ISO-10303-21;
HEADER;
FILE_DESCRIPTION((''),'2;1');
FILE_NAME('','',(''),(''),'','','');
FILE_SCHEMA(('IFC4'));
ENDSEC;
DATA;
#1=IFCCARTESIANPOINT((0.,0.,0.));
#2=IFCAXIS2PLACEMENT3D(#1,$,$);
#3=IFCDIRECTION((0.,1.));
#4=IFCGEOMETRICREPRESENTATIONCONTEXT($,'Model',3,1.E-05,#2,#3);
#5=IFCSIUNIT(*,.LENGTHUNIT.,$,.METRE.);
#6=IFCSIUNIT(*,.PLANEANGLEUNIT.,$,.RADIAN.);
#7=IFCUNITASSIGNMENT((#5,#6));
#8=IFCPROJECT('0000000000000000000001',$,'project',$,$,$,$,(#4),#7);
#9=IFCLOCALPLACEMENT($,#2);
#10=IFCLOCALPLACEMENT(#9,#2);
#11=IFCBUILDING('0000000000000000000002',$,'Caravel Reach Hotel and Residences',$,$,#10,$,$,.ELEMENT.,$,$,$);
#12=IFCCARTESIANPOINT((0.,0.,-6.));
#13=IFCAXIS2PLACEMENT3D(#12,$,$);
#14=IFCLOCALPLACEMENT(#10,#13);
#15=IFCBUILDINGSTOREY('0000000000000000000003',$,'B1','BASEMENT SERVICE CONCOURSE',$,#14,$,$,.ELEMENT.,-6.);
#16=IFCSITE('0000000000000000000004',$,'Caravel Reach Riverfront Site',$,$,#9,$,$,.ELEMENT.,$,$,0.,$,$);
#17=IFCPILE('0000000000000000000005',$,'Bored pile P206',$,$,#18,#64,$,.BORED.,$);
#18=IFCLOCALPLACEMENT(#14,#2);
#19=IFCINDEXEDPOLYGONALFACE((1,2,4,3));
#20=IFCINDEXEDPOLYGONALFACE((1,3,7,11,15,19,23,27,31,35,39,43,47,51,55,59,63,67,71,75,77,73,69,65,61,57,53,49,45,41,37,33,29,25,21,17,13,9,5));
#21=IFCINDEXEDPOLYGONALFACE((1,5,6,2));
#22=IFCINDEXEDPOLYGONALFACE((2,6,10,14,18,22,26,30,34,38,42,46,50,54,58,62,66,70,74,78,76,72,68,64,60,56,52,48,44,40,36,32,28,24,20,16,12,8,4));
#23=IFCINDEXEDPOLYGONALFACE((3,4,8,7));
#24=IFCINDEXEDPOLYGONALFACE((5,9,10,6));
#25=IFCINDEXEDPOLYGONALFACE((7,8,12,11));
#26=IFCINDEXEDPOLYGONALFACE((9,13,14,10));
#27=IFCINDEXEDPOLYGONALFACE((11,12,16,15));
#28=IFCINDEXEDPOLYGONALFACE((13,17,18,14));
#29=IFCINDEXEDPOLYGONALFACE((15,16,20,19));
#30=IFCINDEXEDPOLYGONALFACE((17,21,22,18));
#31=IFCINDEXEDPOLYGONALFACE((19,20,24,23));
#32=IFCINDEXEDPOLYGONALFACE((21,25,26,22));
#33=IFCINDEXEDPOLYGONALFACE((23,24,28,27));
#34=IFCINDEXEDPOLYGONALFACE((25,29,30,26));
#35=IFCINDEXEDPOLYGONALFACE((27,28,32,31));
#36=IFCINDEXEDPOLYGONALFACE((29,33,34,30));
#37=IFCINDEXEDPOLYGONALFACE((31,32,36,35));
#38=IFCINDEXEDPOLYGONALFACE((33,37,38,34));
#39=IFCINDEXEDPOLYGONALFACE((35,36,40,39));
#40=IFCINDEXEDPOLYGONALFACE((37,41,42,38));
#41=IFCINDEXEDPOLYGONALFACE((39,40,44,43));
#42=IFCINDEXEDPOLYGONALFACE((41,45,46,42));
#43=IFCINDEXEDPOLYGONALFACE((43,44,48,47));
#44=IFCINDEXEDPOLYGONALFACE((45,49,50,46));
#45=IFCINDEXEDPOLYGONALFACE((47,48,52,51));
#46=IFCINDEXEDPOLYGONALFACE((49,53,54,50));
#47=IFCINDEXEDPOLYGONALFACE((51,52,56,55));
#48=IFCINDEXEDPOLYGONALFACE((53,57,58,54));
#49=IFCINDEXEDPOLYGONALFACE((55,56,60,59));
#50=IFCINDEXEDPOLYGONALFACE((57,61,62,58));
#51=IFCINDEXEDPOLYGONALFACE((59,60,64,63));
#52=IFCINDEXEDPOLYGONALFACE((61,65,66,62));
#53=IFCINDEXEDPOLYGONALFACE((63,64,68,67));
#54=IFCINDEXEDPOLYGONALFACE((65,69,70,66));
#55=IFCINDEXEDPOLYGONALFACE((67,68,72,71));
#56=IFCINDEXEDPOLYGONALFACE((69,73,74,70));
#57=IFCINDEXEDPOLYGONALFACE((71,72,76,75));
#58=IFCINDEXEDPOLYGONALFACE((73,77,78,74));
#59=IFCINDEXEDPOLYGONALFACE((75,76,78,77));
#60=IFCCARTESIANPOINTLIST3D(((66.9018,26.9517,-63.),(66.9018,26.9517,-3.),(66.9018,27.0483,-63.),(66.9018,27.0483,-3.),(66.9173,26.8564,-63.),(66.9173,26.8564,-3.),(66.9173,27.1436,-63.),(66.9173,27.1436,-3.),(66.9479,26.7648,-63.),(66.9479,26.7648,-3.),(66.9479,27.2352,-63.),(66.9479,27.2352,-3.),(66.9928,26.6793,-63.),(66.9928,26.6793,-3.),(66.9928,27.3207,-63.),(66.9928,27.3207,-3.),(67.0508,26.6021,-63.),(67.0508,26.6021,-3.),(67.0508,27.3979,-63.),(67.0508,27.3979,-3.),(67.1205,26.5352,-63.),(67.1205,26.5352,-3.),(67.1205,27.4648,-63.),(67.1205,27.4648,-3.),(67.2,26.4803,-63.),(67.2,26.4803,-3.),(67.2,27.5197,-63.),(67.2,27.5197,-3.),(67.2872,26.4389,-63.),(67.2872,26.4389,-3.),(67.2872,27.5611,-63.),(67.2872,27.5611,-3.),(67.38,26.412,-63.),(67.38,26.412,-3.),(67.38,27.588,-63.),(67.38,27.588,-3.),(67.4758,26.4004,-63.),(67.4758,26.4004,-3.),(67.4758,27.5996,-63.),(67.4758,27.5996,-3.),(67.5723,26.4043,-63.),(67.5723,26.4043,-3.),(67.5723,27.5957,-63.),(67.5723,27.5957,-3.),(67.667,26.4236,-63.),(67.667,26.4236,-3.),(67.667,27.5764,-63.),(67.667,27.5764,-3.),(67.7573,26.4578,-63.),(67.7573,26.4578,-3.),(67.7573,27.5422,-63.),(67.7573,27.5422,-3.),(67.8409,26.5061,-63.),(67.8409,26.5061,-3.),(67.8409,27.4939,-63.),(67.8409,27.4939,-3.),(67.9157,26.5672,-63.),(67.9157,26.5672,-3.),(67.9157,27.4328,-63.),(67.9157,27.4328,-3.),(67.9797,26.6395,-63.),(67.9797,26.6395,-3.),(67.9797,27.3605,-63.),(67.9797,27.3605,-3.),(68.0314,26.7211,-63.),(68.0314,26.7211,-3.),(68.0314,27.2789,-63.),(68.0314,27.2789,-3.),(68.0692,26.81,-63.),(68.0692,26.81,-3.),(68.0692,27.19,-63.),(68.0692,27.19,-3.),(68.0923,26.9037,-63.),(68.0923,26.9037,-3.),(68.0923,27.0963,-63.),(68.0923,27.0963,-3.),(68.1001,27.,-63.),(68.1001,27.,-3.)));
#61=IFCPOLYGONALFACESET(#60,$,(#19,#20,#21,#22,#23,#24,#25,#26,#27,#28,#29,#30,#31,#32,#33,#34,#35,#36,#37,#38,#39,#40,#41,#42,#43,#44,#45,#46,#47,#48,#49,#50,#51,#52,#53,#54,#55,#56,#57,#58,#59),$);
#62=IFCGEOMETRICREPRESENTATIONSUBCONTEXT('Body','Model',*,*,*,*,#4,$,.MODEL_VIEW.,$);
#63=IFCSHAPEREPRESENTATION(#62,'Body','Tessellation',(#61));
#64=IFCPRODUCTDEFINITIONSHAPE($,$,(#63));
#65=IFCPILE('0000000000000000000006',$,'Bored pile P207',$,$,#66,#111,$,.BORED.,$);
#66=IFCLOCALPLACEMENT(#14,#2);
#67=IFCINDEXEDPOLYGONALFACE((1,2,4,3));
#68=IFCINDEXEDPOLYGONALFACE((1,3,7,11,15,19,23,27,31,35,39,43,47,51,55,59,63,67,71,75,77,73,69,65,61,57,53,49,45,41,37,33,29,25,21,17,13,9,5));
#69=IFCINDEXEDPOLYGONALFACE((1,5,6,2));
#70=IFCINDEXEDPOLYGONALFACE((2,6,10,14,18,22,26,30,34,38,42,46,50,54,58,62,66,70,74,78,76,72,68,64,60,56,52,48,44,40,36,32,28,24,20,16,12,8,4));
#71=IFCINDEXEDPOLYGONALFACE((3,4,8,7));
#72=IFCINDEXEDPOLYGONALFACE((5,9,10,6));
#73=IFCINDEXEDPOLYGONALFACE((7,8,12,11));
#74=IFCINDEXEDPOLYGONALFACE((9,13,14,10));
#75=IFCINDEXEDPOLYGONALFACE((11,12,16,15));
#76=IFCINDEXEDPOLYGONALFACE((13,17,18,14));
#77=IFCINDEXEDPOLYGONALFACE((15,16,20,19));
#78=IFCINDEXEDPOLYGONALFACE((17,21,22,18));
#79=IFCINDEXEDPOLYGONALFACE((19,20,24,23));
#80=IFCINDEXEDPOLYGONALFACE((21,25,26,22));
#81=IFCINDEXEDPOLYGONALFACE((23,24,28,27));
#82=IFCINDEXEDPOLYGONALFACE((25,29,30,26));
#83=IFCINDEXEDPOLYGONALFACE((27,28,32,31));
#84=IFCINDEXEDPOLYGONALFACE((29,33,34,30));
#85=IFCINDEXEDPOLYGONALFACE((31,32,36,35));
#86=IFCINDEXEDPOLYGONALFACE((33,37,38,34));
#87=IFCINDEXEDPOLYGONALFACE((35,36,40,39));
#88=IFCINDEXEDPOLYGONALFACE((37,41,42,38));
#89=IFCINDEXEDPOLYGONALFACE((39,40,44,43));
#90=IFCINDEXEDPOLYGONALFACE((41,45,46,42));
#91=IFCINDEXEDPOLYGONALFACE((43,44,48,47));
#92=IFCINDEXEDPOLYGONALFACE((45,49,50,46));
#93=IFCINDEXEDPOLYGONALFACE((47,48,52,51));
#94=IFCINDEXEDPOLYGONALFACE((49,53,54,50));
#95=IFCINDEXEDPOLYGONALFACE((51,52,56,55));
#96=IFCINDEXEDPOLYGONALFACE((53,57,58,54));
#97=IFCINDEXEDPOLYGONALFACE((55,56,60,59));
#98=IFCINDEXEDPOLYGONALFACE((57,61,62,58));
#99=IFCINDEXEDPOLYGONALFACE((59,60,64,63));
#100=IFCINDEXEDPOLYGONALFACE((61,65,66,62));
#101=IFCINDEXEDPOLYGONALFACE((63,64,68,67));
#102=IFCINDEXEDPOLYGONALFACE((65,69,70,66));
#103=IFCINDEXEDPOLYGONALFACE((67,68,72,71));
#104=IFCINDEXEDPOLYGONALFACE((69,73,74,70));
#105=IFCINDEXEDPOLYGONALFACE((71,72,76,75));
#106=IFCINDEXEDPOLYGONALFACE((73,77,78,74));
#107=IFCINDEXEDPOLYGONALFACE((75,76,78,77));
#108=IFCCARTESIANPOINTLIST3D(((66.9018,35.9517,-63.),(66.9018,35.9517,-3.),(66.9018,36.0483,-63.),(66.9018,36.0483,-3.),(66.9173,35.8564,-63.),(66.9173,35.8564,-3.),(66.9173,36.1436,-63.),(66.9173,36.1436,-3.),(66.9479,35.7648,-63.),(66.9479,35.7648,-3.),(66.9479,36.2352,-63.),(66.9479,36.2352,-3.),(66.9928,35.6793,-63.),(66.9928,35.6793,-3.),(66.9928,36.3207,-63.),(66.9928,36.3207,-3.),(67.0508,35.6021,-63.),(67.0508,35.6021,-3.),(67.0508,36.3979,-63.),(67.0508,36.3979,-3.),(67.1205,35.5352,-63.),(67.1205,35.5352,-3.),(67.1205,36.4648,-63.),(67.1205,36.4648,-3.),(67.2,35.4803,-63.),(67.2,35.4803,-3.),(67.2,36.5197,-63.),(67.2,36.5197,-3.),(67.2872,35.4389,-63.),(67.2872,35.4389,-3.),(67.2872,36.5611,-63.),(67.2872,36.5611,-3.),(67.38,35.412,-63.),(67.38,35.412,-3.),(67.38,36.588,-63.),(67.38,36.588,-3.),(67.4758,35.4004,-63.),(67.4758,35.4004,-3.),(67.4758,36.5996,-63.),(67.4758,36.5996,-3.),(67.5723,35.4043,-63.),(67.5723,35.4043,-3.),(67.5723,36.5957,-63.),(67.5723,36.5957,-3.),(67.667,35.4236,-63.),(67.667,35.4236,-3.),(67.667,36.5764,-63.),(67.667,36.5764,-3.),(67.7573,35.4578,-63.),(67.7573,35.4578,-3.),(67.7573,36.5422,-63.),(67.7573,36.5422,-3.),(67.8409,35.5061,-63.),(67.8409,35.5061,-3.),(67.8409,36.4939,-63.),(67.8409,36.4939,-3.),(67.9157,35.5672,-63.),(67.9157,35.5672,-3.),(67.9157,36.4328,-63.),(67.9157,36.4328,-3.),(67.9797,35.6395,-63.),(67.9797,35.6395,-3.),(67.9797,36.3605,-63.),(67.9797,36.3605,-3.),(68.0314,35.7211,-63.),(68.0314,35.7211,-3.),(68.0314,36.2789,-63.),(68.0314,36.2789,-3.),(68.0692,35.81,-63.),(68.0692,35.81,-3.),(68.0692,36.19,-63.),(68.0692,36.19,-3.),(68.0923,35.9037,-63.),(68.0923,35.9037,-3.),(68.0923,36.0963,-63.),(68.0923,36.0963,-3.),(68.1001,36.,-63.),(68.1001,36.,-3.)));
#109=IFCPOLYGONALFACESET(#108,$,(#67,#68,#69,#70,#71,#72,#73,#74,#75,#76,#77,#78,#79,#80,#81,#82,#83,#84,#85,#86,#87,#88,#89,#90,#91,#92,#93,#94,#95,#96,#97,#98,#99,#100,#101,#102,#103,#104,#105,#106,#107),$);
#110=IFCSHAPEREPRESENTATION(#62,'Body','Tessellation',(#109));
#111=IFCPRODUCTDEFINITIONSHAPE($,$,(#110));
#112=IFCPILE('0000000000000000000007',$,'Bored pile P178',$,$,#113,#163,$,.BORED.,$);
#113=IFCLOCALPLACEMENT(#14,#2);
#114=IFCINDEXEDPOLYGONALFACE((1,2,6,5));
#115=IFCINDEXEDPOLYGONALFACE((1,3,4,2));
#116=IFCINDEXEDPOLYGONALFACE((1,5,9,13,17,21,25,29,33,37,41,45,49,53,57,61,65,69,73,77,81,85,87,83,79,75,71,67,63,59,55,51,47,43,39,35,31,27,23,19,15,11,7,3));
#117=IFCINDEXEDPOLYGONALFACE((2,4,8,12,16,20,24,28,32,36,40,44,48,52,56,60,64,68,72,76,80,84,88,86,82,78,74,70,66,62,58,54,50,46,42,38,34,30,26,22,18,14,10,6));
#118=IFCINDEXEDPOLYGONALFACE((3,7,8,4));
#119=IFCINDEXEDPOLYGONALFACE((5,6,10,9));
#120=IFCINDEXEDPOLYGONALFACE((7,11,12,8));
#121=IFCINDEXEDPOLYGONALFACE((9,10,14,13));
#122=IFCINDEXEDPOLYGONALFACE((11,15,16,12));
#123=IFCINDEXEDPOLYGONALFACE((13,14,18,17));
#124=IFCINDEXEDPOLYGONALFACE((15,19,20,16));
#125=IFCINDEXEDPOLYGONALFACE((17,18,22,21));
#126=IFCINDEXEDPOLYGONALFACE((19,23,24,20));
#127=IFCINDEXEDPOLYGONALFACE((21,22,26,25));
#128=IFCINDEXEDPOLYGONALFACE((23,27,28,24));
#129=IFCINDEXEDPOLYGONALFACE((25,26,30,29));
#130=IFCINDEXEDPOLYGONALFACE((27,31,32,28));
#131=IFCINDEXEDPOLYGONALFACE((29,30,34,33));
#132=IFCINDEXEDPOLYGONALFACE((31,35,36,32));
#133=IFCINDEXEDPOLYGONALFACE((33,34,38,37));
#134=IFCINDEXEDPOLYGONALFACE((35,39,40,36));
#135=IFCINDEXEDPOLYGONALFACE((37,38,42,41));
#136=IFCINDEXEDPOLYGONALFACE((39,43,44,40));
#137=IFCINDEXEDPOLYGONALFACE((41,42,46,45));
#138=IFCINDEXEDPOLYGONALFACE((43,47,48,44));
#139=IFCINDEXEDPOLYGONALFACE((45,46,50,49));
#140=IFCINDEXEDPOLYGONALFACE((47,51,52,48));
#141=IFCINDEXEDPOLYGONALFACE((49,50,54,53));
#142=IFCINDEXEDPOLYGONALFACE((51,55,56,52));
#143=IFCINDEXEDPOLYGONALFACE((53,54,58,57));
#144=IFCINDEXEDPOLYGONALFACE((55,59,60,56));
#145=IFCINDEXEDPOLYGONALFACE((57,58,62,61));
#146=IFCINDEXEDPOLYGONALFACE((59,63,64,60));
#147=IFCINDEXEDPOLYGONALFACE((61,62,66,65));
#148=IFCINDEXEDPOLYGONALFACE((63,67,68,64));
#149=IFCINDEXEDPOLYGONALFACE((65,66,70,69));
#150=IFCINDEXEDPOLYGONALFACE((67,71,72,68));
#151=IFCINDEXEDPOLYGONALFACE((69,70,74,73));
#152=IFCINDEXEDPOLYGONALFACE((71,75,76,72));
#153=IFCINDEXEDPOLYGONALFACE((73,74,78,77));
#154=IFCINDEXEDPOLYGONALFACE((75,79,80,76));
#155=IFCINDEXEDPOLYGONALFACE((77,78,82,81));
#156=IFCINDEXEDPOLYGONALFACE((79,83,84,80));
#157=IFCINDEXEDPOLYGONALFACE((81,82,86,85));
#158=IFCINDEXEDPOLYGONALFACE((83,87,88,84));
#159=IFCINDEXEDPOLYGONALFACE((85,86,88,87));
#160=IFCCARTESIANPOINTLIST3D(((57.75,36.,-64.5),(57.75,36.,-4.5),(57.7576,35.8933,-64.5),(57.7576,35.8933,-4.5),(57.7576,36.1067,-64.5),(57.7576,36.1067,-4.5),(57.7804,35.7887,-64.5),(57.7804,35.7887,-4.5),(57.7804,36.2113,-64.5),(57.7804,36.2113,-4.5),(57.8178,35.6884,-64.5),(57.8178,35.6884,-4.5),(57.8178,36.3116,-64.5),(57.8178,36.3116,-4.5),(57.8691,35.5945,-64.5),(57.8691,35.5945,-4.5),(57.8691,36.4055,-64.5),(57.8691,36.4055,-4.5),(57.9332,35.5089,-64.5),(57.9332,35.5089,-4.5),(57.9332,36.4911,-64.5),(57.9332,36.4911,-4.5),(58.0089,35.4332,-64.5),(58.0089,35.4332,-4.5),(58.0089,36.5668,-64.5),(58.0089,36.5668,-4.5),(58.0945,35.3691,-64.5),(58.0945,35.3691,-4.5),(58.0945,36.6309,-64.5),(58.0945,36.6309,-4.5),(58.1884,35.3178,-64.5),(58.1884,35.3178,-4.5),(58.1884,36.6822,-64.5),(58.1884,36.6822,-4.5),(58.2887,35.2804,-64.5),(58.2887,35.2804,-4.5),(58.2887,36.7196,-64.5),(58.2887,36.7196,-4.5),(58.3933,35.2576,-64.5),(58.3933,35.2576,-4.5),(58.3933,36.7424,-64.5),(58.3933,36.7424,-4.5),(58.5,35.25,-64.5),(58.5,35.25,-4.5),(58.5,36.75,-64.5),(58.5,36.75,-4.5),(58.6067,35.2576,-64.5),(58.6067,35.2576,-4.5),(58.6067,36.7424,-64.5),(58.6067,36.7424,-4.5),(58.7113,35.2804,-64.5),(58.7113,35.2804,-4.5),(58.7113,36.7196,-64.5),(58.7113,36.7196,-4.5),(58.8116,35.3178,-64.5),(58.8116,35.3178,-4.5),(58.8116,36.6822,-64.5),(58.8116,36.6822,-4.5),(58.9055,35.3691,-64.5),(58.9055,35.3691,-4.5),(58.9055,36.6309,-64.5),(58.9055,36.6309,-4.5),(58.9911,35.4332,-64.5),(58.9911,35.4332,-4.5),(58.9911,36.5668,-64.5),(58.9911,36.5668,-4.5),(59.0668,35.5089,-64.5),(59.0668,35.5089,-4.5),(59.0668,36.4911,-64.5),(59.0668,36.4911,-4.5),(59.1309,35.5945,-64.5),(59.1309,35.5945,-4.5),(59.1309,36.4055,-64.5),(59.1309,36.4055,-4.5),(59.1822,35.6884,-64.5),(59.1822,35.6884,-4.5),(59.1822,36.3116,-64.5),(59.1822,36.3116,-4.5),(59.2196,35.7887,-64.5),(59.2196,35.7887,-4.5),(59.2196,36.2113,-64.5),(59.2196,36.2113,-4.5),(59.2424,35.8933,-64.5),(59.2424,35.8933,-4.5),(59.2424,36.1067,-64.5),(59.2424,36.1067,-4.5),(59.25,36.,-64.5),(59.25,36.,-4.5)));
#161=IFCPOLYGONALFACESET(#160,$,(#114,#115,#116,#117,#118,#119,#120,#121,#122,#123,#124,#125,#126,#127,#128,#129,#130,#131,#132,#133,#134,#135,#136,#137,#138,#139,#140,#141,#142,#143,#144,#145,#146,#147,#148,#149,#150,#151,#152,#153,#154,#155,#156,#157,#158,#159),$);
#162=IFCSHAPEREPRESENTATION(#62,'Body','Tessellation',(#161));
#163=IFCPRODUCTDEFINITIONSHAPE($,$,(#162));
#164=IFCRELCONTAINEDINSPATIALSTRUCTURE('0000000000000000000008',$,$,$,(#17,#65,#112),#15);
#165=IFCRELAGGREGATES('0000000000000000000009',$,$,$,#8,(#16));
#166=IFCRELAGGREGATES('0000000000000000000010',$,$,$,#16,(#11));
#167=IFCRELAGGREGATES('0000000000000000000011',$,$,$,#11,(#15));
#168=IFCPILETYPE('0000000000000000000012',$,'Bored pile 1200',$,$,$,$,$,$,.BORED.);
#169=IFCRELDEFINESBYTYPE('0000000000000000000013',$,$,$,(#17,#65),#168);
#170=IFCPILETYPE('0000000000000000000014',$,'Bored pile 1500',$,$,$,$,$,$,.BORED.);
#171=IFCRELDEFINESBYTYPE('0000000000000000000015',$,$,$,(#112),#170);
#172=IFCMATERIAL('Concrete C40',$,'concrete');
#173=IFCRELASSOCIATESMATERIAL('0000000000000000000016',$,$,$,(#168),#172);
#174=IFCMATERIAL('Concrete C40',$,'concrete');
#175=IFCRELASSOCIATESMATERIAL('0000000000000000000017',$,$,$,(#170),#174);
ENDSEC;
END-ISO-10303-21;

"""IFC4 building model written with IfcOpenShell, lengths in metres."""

from ifc_helpers import new_model, si_unit, direction, frame, origin, origin_2d, place, context, subcontext, project, spatial, circle, extrude, material, material_profile, profile_set, type_object, element, save


model = new_model("IFC4")

# Units and contexts
model_context = context("Model", 3, precision=1e-05, world=origin(), true_north=direction((0.0, 1.0)))
body_context = subcontext(model_context, "Body", "Model", "MODEL_VIEW")
ifc_project = project(units=[si_unit("LENGTHUNIT", "METRE"), si_unit("PLANEANGLEUNIT", "RADIAN")], contexts=[model_context])

# Site, building, storey
site_placement = place(None, origin())
site = spatial("IfcSite", under=ifc_project, at=site_placement, Name="Caravel Reach Riverfront Site", CompositionType="ELEMENT", RefElevation=0.0)
building_placement = place(site_placement, origin())
building = spatial("IfcBuilding", under=site, at=building_placement, Name="Caravel Reach Hotel and Residences", CompositionType="ELEMENT")
storey_placement = place(building_placement, frame((0.0, 0.0, -6.0)))
storey = spatial("IfcBuildingStorey", under=building, at=storey_placement, Name="B1", Description="BASEMENT SERVICE CONCOURSE", CompositionType="ELEMENT", Elevation=-6.0)

# Piles
ifc_material_1 = material(Name="Concrete C40", Category="concrete")
ifc_material_profile_1 = material_profile(ifc_material_1, circle(Radius=0.6001, at=origin_2d()), Name="PILE 1200")
ifc_profile_set_1 = profile_set([ifc_material_profile_1], Name="Concrete C40")
pile_type_1 = type_object("IfcPileType", Name="Bored pile 1200", PredefinedType="BORED", material=ifc_profile_set_1)
for number, where, z_axis, x_axis, name in (
    (1, (67.5, 27.0, -3.0), (0.0, 0.0, -1.0), (1.0, 0.0, 0.0), "Bored pile P206"),
    (2, (67.5, 36.0, -3.0), (0.0, 0.0, -1.0), (1.0, 0.0, 0.0), "Bored pile P207"),
):
    element("IfcPile", number, at=place(storey_placement, frame(where, z_axis=z_axis, x_axis=x_axis)), inside=storey, type_object=pile_type_1, Name=name, PredefinedType="BORED", context=body_context, shape_type="SweptSolid", body=[
        extrude(circle(Radius=0.6001, at=origin_2d()), origin(), (0.0, 0.0, 1.0), 60.0),
    ])
ifc_material_2 = material(Name="Concrete C40", Category="concrete")
ifc_material_profile_2 = material_profile(ifc_material_2, circle(Radius=0.75, at=origin_2d()), Name="PILE 1500")
ifc_profile_set_2 = profile_set([ifc_material_profile_2], Name="Concrete C40")
pile_type_2 = type_object("IfcPileType", Name="Bored pile 1500", PredefinedType="BORED", material=ifc_profile_set_2)
for number, where, z_axis, x_axis, name in (
    (3, (58.5, 36.0, -4.5), (0.0, 0.0, -1.0), (1.0, 0.0, 0.0), "Bored pile P178"),
):
    element("IfcPile", number, at=place(storey_placement, frame(where, z_axis=z_axis, x_axis=x_axis)), inside=storey, type_object=pile_type_2, Name=name, PredefinedType="BORED", context=body_context, shape_type="SweptSolid", body=[
        extrude(circle(Radius=0.75, at=origin_2d()), origin(), (0.0, 0.0, 1.0), 60.0),
    ])

save(model, "model.ifc")
